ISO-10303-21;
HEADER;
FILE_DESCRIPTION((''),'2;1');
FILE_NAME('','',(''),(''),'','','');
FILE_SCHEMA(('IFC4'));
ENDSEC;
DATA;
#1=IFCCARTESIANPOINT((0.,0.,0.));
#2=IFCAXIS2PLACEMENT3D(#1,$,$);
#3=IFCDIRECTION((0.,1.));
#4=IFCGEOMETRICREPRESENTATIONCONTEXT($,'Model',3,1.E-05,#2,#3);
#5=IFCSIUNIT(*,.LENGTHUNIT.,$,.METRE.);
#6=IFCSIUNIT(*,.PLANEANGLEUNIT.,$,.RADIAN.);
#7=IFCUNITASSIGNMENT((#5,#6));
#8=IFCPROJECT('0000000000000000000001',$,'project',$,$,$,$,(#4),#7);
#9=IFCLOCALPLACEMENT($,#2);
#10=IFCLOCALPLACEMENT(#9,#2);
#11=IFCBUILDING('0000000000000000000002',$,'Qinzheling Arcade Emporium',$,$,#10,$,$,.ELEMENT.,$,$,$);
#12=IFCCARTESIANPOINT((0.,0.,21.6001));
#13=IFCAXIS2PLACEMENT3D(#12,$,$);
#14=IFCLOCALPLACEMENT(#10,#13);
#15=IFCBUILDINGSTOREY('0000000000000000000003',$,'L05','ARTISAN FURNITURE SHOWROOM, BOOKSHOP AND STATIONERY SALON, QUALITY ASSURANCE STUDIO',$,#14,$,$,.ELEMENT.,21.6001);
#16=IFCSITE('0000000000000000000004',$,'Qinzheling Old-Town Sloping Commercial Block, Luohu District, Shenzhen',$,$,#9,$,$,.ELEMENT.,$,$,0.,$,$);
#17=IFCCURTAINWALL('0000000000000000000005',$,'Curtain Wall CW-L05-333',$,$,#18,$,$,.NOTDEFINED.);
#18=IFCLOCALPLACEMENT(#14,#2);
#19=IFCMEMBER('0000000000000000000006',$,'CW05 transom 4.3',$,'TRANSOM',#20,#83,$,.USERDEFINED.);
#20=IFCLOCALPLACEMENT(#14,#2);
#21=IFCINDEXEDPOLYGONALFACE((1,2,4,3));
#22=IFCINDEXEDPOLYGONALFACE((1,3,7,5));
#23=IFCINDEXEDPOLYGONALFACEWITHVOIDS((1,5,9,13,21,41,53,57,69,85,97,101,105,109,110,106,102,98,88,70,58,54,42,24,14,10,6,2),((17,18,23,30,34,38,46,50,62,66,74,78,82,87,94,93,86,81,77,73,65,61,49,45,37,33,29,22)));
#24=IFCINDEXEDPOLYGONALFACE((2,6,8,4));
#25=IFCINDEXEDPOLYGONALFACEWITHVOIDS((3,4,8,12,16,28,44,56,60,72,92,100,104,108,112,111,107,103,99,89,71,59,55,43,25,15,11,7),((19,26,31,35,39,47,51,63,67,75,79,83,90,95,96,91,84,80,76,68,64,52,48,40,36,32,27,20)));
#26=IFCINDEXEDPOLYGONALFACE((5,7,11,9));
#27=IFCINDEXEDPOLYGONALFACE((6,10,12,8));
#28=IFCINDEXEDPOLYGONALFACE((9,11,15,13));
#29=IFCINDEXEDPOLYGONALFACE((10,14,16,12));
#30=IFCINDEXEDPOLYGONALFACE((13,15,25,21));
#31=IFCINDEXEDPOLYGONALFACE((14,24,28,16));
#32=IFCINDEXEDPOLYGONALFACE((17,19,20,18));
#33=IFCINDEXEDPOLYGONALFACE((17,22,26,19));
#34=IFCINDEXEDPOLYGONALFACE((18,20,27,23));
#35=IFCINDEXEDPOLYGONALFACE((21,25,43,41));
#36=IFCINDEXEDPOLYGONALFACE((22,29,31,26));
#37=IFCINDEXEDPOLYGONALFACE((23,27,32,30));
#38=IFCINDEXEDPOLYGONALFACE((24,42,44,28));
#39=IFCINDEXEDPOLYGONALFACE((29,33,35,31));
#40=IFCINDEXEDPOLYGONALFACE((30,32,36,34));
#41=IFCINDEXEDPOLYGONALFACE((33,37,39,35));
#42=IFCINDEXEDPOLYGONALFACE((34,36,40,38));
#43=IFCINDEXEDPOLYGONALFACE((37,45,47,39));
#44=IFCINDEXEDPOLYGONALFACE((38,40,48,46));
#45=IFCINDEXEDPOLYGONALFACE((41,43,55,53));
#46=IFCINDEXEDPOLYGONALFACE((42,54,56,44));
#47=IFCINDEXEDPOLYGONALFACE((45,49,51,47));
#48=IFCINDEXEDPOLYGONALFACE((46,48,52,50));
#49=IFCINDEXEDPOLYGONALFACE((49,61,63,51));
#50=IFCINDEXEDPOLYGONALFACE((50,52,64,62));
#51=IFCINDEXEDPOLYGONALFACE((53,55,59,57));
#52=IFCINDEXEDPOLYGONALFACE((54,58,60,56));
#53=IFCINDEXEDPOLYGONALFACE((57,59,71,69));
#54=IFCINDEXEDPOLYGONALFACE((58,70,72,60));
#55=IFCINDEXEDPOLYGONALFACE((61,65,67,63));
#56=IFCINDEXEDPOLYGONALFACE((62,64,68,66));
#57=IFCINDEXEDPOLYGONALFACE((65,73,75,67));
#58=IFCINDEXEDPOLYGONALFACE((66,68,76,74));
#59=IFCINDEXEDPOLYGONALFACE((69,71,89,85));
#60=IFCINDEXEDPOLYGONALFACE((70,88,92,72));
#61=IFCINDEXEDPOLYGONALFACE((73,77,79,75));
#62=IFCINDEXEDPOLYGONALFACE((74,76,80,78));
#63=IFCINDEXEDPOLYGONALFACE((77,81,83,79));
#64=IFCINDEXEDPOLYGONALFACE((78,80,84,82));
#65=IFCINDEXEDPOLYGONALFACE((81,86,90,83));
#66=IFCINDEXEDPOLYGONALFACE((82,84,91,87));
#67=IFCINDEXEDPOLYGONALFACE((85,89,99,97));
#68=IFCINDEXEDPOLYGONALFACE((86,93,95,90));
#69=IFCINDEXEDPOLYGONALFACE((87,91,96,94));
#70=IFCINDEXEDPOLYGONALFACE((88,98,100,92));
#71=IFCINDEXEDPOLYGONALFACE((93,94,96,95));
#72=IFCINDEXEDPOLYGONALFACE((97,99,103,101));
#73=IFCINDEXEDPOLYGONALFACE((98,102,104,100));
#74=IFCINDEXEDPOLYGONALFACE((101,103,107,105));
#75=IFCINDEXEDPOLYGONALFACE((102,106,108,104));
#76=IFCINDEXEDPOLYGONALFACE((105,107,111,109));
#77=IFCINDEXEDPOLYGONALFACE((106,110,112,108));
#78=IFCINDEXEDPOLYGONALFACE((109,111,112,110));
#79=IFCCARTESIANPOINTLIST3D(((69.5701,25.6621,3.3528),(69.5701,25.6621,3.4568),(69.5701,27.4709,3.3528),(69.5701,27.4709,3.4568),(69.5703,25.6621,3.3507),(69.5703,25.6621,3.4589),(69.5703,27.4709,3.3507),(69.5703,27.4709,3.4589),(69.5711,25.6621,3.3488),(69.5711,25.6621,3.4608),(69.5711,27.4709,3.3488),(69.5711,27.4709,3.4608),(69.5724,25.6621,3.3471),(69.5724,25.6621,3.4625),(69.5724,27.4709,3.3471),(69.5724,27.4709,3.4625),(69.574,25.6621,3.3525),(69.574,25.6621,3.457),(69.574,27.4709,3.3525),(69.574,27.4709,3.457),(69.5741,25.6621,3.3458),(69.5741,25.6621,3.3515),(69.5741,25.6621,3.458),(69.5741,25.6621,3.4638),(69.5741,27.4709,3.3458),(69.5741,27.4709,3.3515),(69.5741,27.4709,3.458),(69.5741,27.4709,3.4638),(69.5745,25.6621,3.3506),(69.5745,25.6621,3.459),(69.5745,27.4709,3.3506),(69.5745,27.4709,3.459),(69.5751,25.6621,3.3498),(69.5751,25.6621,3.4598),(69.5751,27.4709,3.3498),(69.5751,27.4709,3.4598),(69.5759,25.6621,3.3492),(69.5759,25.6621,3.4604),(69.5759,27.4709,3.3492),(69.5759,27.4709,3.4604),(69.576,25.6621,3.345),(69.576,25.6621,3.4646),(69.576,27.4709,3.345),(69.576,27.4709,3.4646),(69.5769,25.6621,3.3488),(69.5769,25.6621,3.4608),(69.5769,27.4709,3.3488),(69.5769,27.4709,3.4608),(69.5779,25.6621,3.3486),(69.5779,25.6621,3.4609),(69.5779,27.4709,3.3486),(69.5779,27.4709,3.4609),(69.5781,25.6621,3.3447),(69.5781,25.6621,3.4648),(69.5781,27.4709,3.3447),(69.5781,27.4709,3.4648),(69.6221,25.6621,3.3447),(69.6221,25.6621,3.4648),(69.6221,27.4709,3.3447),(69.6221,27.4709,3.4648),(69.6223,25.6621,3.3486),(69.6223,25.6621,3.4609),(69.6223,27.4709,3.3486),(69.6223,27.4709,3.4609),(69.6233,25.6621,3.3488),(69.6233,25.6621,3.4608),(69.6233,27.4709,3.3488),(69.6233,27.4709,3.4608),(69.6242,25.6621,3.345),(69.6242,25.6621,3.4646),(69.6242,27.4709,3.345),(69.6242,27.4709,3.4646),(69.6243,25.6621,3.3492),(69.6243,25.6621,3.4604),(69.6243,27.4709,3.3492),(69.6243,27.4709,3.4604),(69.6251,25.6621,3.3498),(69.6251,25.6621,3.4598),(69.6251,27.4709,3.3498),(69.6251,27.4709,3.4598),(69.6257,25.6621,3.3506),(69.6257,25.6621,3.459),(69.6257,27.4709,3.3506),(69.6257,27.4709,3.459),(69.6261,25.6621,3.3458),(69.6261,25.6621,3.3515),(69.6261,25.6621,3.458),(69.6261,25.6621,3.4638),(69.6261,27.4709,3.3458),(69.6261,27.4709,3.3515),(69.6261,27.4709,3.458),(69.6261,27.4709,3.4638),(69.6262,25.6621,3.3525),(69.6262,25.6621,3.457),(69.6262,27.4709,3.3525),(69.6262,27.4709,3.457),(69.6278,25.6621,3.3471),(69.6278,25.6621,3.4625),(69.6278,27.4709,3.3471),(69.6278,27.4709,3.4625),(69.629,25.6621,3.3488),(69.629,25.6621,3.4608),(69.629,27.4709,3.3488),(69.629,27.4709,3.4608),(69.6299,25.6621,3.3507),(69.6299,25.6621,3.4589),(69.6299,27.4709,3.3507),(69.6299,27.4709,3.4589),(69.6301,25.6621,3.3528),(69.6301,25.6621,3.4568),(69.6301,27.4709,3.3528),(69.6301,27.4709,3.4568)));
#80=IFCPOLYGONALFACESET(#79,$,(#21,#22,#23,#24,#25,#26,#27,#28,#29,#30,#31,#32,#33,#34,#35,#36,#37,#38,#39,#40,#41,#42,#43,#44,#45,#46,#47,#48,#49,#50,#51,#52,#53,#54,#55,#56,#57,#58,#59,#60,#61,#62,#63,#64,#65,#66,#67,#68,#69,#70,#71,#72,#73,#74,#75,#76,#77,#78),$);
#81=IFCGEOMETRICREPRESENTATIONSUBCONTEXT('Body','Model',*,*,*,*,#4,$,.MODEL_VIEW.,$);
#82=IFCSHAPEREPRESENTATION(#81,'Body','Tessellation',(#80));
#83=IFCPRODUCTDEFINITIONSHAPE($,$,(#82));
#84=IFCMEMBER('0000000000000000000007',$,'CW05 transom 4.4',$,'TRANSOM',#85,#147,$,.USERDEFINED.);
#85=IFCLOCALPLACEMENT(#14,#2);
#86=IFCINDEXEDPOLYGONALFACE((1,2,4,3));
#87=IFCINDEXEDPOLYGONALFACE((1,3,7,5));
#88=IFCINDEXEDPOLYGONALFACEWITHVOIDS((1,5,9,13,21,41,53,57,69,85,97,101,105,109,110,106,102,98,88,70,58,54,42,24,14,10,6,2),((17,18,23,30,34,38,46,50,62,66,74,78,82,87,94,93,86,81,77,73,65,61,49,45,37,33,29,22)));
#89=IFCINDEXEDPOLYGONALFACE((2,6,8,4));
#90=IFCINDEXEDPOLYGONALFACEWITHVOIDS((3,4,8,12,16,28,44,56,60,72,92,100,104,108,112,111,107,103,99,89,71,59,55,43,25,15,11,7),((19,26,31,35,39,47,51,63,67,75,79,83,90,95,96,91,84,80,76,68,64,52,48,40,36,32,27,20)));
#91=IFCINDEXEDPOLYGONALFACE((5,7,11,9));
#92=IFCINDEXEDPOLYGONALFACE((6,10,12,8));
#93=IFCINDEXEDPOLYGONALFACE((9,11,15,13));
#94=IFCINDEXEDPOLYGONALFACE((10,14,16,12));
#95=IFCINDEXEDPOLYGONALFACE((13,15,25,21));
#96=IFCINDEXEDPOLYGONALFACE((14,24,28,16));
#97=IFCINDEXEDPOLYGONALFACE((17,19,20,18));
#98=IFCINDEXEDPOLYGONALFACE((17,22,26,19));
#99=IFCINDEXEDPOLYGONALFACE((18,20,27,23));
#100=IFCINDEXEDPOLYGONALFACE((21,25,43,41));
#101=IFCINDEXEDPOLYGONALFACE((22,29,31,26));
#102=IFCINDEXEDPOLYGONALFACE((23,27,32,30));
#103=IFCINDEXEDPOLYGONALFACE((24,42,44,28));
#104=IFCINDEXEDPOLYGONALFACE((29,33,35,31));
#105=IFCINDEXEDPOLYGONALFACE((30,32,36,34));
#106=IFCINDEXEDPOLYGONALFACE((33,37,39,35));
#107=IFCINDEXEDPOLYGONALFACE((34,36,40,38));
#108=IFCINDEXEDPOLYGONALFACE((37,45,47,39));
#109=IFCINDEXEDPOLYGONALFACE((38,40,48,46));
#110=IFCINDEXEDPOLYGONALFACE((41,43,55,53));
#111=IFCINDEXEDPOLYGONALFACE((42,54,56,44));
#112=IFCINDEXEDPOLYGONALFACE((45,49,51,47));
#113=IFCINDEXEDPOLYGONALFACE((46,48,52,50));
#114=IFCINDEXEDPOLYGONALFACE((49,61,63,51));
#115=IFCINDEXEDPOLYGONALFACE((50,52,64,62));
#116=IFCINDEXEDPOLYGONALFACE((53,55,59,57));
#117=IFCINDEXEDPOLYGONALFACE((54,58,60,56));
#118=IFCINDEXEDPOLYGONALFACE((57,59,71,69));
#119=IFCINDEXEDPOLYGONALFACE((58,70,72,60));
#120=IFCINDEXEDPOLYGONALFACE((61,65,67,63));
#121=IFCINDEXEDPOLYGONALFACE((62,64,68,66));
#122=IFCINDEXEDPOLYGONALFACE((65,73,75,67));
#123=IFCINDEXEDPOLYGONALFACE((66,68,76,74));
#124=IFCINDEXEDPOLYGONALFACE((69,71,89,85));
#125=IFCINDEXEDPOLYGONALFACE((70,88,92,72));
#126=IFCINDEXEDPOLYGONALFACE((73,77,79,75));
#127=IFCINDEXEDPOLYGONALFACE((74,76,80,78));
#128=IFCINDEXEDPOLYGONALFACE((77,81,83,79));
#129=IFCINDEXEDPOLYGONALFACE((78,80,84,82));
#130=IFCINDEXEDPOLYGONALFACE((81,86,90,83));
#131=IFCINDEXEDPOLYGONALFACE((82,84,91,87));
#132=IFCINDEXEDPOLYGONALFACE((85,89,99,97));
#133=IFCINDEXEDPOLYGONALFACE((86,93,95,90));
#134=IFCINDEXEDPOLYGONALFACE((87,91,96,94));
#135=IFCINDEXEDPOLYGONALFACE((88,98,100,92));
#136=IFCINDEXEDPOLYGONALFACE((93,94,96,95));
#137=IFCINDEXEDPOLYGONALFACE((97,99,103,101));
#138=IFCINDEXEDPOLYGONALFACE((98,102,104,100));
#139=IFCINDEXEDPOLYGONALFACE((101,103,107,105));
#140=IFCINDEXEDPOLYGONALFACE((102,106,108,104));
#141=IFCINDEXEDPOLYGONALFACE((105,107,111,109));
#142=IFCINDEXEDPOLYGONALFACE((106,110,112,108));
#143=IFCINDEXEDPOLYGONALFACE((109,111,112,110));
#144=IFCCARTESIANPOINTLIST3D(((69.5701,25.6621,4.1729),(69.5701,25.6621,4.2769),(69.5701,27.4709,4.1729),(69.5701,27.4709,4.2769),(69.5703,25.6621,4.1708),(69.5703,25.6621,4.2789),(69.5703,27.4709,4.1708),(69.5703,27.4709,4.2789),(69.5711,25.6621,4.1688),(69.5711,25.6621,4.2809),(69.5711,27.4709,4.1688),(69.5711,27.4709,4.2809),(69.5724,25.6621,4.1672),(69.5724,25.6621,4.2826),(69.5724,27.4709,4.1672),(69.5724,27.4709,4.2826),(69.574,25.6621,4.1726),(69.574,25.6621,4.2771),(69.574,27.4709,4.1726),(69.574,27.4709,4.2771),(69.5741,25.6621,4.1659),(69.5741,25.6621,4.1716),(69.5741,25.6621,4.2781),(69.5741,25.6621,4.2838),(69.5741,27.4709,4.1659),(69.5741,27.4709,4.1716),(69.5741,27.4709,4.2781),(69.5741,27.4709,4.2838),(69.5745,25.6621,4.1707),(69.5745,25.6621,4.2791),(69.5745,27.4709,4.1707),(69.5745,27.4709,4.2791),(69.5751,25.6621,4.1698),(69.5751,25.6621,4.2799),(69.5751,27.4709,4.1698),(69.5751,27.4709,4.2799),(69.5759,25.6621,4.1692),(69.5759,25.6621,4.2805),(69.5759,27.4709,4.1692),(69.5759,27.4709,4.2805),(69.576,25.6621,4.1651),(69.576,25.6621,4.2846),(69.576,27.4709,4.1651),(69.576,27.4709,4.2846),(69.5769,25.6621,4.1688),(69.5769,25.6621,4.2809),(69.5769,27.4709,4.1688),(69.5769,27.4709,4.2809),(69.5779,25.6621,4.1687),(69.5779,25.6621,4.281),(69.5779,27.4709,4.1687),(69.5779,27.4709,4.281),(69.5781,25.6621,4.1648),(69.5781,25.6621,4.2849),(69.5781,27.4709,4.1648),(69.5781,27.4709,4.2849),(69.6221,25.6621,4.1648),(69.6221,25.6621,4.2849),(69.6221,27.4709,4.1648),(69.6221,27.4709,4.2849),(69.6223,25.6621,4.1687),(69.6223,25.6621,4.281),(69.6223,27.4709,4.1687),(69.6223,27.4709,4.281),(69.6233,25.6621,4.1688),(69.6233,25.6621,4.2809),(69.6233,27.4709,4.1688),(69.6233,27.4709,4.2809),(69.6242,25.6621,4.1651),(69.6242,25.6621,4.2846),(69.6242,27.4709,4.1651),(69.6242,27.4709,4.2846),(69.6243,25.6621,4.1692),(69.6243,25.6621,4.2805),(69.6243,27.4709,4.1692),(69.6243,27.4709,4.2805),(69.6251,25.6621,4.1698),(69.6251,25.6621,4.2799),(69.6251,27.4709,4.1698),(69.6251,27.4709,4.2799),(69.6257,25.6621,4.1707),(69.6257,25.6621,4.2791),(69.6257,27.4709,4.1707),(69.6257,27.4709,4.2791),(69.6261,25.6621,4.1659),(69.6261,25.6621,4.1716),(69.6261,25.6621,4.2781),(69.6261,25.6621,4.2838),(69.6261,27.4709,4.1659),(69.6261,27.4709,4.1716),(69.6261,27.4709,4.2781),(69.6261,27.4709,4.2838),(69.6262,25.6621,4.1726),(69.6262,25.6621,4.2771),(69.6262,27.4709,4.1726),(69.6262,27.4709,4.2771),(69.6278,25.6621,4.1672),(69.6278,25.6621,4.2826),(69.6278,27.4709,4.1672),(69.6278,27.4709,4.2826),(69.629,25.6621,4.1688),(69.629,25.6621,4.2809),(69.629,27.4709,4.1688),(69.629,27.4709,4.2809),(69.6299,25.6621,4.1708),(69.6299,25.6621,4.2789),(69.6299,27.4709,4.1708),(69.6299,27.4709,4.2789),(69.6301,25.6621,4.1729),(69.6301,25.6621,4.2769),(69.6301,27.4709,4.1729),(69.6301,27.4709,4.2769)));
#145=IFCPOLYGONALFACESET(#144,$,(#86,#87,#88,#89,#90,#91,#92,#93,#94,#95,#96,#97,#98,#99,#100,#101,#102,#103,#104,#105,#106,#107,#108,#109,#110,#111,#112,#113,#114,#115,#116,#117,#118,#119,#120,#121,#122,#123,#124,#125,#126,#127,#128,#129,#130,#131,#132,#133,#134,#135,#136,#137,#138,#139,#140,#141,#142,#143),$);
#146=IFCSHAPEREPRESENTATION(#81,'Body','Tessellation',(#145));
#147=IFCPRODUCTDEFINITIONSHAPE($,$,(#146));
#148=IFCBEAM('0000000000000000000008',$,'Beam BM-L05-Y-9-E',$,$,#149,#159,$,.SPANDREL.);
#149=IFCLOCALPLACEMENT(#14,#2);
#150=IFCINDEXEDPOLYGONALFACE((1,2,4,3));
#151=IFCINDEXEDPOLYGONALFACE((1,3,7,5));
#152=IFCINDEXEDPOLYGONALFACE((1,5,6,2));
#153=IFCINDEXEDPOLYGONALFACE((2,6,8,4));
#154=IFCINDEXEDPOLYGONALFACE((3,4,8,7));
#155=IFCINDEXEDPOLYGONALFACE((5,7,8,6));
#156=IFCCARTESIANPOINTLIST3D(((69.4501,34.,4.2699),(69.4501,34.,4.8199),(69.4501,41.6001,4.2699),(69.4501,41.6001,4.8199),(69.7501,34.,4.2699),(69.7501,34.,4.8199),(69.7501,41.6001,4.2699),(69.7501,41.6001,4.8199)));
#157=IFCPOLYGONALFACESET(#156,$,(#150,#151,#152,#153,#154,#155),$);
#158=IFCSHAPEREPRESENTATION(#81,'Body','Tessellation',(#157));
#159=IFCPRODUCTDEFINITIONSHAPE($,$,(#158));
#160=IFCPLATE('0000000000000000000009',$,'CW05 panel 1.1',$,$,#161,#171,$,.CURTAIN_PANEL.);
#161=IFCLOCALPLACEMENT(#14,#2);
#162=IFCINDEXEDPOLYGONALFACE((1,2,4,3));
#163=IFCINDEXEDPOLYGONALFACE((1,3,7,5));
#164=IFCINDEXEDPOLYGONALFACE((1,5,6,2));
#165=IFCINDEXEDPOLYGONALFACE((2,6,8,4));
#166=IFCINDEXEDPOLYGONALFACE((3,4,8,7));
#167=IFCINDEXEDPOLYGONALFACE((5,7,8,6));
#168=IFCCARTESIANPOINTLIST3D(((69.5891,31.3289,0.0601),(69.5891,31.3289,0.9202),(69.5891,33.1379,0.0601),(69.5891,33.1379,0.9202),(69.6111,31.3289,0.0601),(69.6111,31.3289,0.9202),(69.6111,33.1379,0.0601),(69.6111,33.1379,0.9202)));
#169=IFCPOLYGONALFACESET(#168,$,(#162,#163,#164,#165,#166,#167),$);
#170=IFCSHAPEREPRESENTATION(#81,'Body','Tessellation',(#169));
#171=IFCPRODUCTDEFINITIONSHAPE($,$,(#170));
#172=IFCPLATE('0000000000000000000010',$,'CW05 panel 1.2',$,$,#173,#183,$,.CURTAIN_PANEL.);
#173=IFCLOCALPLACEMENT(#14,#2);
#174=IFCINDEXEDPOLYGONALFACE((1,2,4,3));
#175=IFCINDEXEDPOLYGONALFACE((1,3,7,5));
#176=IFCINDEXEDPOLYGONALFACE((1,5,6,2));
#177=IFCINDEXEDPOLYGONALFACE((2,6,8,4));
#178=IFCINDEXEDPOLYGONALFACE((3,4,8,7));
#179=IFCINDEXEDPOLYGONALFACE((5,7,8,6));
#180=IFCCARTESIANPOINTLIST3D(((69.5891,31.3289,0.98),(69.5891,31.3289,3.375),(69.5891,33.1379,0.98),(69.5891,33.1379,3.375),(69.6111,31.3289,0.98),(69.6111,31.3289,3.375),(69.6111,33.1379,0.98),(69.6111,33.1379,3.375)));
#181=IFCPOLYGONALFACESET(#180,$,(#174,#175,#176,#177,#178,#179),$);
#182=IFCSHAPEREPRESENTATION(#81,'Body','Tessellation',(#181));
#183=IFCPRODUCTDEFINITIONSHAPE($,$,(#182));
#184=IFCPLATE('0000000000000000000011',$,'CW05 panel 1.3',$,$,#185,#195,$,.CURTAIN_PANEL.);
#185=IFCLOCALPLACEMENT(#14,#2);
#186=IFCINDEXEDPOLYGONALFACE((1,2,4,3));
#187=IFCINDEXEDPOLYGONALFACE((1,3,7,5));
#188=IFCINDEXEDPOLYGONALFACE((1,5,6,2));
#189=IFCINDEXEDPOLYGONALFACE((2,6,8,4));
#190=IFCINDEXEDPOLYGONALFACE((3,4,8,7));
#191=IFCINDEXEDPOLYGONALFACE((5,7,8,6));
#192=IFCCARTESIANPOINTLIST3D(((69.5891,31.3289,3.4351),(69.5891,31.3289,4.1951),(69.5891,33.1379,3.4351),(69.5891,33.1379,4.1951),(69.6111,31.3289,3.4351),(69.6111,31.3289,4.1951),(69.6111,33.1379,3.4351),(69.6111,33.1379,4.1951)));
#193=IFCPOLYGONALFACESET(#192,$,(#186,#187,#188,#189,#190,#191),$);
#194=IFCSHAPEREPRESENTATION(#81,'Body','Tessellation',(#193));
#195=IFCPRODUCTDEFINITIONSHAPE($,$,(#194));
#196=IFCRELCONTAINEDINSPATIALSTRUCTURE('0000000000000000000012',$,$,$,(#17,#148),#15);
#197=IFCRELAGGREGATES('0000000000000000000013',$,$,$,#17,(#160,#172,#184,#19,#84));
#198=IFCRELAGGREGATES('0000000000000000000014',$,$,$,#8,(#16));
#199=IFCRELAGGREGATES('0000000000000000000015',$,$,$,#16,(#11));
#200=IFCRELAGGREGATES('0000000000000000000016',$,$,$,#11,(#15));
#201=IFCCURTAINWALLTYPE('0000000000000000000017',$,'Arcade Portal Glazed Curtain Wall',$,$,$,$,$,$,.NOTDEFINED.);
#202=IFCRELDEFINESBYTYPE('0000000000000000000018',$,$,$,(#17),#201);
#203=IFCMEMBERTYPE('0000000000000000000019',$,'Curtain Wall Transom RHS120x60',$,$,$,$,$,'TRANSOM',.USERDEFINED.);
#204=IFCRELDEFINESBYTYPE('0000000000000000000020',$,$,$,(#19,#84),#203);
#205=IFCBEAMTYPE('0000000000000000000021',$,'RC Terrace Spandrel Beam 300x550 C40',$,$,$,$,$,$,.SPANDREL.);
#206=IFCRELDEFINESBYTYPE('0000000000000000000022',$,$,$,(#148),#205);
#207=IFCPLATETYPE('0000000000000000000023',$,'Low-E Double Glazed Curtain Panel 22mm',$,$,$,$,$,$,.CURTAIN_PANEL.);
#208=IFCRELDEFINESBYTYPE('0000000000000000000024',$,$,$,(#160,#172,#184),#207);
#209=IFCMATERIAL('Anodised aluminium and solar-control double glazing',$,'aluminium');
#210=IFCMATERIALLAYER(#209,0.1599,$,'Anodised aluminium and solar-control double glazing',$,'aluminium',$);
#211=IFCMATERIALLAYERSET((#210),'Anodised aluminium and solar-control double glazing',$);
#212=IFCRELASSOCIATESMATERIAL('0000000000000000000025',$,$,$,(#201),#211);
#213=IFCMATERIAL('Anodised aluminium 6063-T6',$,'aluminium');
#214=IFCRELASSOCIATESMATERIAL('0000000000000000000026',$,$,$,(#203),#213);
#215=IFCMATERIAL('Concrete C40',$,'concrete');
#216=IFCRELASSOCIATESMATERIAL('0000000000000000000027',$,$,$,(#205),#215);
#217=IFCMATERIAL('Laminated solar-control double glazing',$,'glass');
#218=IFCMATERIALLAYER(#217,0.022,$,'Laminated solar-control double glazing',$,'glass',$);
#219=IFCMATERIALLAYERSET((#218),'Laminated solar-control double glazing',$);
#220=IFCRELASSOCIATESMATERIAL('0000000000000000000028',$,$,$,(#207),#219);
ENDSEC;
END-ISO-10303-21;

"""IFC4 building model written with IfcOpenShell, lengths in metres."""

from ifc_helpers import new_model, si_unit, direction, frame, origin, origin_2d, place, context, subcontext, project, spatial, rectangle, hollow_rectangle, extrude, material, layer, layer_set, material_profile, profile_set, type_object, element, aggregate, save


model = new_model("IFC4")

# Units and contexts
model_context = context("Model", 3, precision=1e-05, world=origin(), true_north=direction((0.0, 1.0)))
body_context = subcontext(model_context, "Body", "Model", "MODEL_VIEW")
ifc_project = project(units=[si_unit("LENGTHUNIT", "METRE"), si_unit("PLANEANGLEUNIT", "RADIAN")], contexts=[model_context])

# Site, building, storey
site_placement = place(None, origin())
site = spatial("IfcSite", under=ifc_project, at=site_placement, Name="Qinzheling Old-Town Sloping Commercial Block, Luohu District, Shenzhen", CompositionType="ELEMENT", RefElevation=0.0)
building_placement = place(site_placement, origin())
building = spatial("IfcBuilding", under=site, at=building_placement, Name="Qinzheling Arcade Emporium", CompositionType="ELEMENT")
storey_placement = place(building_placement, frame((0.0, 0.0, 21.6001)))
storey = spatial("IfcBuildingStorey", under=building, at=storey_placement, Name="L05", Description="ARTISAN FURNITURE SHOWROOM, BOOKSHOP AND STATIONERY SALON, QUALITY ASSURANCE STUDIO", CompositionType="ELEMENT", Elevation=21.6001)

# Shared definitions
ifc_material_1 = material(Name="Concrete C40", Category="concrete")

# Curtain wall, members
ifc_material_2 = material(Name="Anodised aluminium and solar-control double glazing", Category="aluminium")
ifc_layer_1 = layer(ifc_material_2, 0.1599, Name="Anodised aluminium and solar-control double glazing", Category="aluminium")
ifc_layer_set_1 = layer_set([ifc_layer_1], Name="Anodised aluminium and solar-control double glazing")
curtain_wall_type = type_object("IfcCurtainWallType", Name="Arcade Portal Glazed Curtain Wall", PredefinedType="NOTDEFINED", material=ifc_layer_set_1)
curtain_wall_placement = place(storey_placement, origin())
curtain_wall = element("IfcCurtainWall", 1, at=curtain_wall_placement, inside=storey, type_object=curtain_wall_type, Name="Curtain Wall CW-L05-333", PredefinedType="NOTDEFINED")
ifc_material_3 = material(Name="Anodised aluminium 6063-T6", Category="aluminium")
ifc_material_profile_1 = material_profile(ifc_material_3, hollow_rectangle(XDim=0.0601, YDim=0.1201, WallThickness=0.0039, InnerFilletRadius=0.0039, OuterFilletRadius=0.0081, at=origin_2d()), Name="RHS 120x60x4", Category="aluminium")
ifc_profile_set_1 = profile_set([ifc_material_profile_1], Name="Anodised aluminium 6063-T6")
member_type_1 = type_object("IfcMemberType", Name="Curtain Wall Transom RHS120x60", ElementType="TRANSOM", PredefinedType="USERDEFINED", material=ifc_profile_set_1)
member_1_placement = place(storey_placement, frame((69.6001, 27.4709, 3.4048), z_axis=(0.0, -1.0, 0.0), x_axis=(1.0, 0.0, 0.0)))
member_1 = element("IfcMember", 2, at=member_1_placement, type_object=member_type_1, Name="CW05 transom 4.3", ObjectType="TRANSOM", PredefinedType="USERDEFINED", context=body_context, shape_type="SweptSolid", body=[
    extrude(hollow_rectangle(XDim=0.0601, YDim=0.1201, WallThickness=0.0039, InnerFilletRadius=0.0039, OuterFilletRadius=0.0081, at=origin_2d()), origin(), (0.0, 0.0, 1.0), 1.8088),
])
member_2_placement = place(storey_placement, frame((69.6001, 27.4709, 4.2249), z_axis=(0.0, -1.0, 0.0), x_axis=(1.0, 0.0, 0.0)))
member_2 = element("IfcMember", 3, at=member_2_placement, type_object=member_type_1, Name="CW05 transom 4.4", ObjectType="TRANSOM", PredefinedType="USERDEFINED", context=body_context, shape_type="SweptSolid", body=[
    extrude(hollow_rectangle(XDim=0.0601, YDim=0.1201, WallThickness=0.0039, InnerFilletRadius=0.0039, OuterFilletRadius=0.0081, at=origin_2d()), origin(), (0.0, 0.0, 1.0), 1.8088),
])

# Beam
ifc_material_profile_2 = material_profile(ifc_material_1, rectangle(XDim=0.3, YDim=0.55, at=origin_2d()), Name="RC 300x550", Category="concrete")
ifc_profile_set_2 = profile_set([ifc_material_profile_2], Name="Concrete C40")
beam_type = type_object("IfcBeamType", Name="RC Terrace Spandrel Beam 300x550 C40", PredefinedType="SPANDREL", material=ifc_profile_set_2)
beam_placement = place(storey_placement, frame((69.6001, 34.0, 4.5449), z_axis=(0.0, 1.0, 0.0), x_axis=(-1.0, 0.0, 0.0)))
element("IfcBeam", 4, at=beam_placement, inside=storey, type_object=beam_type, Name="Beam BM-L05-Y-9-E", PredefinedType="SPANDREL", context=body_context, shape_type="SweptSolid", body=[
    extrude(rectangle(XDim=0.3, YDim=0.55, at=origin_2d()), origin(), (0.0, 0.0, 1.0), 7.6001),
])

# Plates
ifc_material_4 = material(Name="Laminated solar-control double glazing", Category="glass")
ifc_layer_2 = layer(ifc_material_4, 0.022, Name="Laminated solar-control double glazing", Category="glass")
ifc_layer_set_2 = layer_set([ifc_layer_2], Name="Laminated solar-control double glazing")
plate_type = type_object("IfcPlateType", Name="Low-E Double Glazed Curtain Panel 22mm", PredefinedType="CURTAIN_PANEL", material=ifc_layer_set_2)
plate_1_placement = place(storey_placement, frame((69.6001, 32.2334, 0.0601), z_axis=(0.0, 0.0, 1.0), x_axis=(0.0, -1.0, 0.0)))
plate_1 = element("IfcPlate", 5, at=plate_1_placement, type_object=plate_type, Name="CW05 panel 1.1", PredefinedType="CURTAIN_PANEL", context=body_context, shape_type="SweptSolid", body=[
    extrude(rectangle(XDim=1.8091, YDim=0.022, at=origin_2d()), origin(), (0.0, 0.0, 1.0), 0.8601),
])
plate_2_placement = place(storey_placement, frame((69.6001, 32.2334, 0.98), z_axis=(0.0, 0.0, 1.0), x_axis=(0.0, -1.0, 0.0)))
plate_2 = element("IfcPlate", 6, at=plate_2_placement, type_object=plate_type, Name="CW05 panel 1.2", PredefinedType="CURTAIN_PANEL", context=body_context, shape_type="SweptSolid", body=[
    extrude(rectangle(XDim=1.8091, YDim=0.022, at=origin_2d()), origin(), (0.0, 0.0, 1.0), 2.395),
])
plate_3_placement = place(storey_placement, frame((69.6001, 32.2334, 3.4351), z_axis=(0.0, 0.0, 1.0), x_axis=(0.0, -1.0, 0.0)))
plate_3 = element("IfcPlate", 7, at=plate_3_placement, type_object=plate_type, Name="CW05 panel 1.3", PredefinedType="CURTAIN_PANEL", context=body_context, shape_type="SweptSolid", body=[
    extrude(rectangle(XDim=1.8091, YDim=0.022, at=origin_2d()), origin(), (0.0, 0.0, 1.0), 0.76),
])
aggregate(curtain_wall, [plate_1, plate_2, plate_3, member_1, member_2])

save(model, "model.ifc")
